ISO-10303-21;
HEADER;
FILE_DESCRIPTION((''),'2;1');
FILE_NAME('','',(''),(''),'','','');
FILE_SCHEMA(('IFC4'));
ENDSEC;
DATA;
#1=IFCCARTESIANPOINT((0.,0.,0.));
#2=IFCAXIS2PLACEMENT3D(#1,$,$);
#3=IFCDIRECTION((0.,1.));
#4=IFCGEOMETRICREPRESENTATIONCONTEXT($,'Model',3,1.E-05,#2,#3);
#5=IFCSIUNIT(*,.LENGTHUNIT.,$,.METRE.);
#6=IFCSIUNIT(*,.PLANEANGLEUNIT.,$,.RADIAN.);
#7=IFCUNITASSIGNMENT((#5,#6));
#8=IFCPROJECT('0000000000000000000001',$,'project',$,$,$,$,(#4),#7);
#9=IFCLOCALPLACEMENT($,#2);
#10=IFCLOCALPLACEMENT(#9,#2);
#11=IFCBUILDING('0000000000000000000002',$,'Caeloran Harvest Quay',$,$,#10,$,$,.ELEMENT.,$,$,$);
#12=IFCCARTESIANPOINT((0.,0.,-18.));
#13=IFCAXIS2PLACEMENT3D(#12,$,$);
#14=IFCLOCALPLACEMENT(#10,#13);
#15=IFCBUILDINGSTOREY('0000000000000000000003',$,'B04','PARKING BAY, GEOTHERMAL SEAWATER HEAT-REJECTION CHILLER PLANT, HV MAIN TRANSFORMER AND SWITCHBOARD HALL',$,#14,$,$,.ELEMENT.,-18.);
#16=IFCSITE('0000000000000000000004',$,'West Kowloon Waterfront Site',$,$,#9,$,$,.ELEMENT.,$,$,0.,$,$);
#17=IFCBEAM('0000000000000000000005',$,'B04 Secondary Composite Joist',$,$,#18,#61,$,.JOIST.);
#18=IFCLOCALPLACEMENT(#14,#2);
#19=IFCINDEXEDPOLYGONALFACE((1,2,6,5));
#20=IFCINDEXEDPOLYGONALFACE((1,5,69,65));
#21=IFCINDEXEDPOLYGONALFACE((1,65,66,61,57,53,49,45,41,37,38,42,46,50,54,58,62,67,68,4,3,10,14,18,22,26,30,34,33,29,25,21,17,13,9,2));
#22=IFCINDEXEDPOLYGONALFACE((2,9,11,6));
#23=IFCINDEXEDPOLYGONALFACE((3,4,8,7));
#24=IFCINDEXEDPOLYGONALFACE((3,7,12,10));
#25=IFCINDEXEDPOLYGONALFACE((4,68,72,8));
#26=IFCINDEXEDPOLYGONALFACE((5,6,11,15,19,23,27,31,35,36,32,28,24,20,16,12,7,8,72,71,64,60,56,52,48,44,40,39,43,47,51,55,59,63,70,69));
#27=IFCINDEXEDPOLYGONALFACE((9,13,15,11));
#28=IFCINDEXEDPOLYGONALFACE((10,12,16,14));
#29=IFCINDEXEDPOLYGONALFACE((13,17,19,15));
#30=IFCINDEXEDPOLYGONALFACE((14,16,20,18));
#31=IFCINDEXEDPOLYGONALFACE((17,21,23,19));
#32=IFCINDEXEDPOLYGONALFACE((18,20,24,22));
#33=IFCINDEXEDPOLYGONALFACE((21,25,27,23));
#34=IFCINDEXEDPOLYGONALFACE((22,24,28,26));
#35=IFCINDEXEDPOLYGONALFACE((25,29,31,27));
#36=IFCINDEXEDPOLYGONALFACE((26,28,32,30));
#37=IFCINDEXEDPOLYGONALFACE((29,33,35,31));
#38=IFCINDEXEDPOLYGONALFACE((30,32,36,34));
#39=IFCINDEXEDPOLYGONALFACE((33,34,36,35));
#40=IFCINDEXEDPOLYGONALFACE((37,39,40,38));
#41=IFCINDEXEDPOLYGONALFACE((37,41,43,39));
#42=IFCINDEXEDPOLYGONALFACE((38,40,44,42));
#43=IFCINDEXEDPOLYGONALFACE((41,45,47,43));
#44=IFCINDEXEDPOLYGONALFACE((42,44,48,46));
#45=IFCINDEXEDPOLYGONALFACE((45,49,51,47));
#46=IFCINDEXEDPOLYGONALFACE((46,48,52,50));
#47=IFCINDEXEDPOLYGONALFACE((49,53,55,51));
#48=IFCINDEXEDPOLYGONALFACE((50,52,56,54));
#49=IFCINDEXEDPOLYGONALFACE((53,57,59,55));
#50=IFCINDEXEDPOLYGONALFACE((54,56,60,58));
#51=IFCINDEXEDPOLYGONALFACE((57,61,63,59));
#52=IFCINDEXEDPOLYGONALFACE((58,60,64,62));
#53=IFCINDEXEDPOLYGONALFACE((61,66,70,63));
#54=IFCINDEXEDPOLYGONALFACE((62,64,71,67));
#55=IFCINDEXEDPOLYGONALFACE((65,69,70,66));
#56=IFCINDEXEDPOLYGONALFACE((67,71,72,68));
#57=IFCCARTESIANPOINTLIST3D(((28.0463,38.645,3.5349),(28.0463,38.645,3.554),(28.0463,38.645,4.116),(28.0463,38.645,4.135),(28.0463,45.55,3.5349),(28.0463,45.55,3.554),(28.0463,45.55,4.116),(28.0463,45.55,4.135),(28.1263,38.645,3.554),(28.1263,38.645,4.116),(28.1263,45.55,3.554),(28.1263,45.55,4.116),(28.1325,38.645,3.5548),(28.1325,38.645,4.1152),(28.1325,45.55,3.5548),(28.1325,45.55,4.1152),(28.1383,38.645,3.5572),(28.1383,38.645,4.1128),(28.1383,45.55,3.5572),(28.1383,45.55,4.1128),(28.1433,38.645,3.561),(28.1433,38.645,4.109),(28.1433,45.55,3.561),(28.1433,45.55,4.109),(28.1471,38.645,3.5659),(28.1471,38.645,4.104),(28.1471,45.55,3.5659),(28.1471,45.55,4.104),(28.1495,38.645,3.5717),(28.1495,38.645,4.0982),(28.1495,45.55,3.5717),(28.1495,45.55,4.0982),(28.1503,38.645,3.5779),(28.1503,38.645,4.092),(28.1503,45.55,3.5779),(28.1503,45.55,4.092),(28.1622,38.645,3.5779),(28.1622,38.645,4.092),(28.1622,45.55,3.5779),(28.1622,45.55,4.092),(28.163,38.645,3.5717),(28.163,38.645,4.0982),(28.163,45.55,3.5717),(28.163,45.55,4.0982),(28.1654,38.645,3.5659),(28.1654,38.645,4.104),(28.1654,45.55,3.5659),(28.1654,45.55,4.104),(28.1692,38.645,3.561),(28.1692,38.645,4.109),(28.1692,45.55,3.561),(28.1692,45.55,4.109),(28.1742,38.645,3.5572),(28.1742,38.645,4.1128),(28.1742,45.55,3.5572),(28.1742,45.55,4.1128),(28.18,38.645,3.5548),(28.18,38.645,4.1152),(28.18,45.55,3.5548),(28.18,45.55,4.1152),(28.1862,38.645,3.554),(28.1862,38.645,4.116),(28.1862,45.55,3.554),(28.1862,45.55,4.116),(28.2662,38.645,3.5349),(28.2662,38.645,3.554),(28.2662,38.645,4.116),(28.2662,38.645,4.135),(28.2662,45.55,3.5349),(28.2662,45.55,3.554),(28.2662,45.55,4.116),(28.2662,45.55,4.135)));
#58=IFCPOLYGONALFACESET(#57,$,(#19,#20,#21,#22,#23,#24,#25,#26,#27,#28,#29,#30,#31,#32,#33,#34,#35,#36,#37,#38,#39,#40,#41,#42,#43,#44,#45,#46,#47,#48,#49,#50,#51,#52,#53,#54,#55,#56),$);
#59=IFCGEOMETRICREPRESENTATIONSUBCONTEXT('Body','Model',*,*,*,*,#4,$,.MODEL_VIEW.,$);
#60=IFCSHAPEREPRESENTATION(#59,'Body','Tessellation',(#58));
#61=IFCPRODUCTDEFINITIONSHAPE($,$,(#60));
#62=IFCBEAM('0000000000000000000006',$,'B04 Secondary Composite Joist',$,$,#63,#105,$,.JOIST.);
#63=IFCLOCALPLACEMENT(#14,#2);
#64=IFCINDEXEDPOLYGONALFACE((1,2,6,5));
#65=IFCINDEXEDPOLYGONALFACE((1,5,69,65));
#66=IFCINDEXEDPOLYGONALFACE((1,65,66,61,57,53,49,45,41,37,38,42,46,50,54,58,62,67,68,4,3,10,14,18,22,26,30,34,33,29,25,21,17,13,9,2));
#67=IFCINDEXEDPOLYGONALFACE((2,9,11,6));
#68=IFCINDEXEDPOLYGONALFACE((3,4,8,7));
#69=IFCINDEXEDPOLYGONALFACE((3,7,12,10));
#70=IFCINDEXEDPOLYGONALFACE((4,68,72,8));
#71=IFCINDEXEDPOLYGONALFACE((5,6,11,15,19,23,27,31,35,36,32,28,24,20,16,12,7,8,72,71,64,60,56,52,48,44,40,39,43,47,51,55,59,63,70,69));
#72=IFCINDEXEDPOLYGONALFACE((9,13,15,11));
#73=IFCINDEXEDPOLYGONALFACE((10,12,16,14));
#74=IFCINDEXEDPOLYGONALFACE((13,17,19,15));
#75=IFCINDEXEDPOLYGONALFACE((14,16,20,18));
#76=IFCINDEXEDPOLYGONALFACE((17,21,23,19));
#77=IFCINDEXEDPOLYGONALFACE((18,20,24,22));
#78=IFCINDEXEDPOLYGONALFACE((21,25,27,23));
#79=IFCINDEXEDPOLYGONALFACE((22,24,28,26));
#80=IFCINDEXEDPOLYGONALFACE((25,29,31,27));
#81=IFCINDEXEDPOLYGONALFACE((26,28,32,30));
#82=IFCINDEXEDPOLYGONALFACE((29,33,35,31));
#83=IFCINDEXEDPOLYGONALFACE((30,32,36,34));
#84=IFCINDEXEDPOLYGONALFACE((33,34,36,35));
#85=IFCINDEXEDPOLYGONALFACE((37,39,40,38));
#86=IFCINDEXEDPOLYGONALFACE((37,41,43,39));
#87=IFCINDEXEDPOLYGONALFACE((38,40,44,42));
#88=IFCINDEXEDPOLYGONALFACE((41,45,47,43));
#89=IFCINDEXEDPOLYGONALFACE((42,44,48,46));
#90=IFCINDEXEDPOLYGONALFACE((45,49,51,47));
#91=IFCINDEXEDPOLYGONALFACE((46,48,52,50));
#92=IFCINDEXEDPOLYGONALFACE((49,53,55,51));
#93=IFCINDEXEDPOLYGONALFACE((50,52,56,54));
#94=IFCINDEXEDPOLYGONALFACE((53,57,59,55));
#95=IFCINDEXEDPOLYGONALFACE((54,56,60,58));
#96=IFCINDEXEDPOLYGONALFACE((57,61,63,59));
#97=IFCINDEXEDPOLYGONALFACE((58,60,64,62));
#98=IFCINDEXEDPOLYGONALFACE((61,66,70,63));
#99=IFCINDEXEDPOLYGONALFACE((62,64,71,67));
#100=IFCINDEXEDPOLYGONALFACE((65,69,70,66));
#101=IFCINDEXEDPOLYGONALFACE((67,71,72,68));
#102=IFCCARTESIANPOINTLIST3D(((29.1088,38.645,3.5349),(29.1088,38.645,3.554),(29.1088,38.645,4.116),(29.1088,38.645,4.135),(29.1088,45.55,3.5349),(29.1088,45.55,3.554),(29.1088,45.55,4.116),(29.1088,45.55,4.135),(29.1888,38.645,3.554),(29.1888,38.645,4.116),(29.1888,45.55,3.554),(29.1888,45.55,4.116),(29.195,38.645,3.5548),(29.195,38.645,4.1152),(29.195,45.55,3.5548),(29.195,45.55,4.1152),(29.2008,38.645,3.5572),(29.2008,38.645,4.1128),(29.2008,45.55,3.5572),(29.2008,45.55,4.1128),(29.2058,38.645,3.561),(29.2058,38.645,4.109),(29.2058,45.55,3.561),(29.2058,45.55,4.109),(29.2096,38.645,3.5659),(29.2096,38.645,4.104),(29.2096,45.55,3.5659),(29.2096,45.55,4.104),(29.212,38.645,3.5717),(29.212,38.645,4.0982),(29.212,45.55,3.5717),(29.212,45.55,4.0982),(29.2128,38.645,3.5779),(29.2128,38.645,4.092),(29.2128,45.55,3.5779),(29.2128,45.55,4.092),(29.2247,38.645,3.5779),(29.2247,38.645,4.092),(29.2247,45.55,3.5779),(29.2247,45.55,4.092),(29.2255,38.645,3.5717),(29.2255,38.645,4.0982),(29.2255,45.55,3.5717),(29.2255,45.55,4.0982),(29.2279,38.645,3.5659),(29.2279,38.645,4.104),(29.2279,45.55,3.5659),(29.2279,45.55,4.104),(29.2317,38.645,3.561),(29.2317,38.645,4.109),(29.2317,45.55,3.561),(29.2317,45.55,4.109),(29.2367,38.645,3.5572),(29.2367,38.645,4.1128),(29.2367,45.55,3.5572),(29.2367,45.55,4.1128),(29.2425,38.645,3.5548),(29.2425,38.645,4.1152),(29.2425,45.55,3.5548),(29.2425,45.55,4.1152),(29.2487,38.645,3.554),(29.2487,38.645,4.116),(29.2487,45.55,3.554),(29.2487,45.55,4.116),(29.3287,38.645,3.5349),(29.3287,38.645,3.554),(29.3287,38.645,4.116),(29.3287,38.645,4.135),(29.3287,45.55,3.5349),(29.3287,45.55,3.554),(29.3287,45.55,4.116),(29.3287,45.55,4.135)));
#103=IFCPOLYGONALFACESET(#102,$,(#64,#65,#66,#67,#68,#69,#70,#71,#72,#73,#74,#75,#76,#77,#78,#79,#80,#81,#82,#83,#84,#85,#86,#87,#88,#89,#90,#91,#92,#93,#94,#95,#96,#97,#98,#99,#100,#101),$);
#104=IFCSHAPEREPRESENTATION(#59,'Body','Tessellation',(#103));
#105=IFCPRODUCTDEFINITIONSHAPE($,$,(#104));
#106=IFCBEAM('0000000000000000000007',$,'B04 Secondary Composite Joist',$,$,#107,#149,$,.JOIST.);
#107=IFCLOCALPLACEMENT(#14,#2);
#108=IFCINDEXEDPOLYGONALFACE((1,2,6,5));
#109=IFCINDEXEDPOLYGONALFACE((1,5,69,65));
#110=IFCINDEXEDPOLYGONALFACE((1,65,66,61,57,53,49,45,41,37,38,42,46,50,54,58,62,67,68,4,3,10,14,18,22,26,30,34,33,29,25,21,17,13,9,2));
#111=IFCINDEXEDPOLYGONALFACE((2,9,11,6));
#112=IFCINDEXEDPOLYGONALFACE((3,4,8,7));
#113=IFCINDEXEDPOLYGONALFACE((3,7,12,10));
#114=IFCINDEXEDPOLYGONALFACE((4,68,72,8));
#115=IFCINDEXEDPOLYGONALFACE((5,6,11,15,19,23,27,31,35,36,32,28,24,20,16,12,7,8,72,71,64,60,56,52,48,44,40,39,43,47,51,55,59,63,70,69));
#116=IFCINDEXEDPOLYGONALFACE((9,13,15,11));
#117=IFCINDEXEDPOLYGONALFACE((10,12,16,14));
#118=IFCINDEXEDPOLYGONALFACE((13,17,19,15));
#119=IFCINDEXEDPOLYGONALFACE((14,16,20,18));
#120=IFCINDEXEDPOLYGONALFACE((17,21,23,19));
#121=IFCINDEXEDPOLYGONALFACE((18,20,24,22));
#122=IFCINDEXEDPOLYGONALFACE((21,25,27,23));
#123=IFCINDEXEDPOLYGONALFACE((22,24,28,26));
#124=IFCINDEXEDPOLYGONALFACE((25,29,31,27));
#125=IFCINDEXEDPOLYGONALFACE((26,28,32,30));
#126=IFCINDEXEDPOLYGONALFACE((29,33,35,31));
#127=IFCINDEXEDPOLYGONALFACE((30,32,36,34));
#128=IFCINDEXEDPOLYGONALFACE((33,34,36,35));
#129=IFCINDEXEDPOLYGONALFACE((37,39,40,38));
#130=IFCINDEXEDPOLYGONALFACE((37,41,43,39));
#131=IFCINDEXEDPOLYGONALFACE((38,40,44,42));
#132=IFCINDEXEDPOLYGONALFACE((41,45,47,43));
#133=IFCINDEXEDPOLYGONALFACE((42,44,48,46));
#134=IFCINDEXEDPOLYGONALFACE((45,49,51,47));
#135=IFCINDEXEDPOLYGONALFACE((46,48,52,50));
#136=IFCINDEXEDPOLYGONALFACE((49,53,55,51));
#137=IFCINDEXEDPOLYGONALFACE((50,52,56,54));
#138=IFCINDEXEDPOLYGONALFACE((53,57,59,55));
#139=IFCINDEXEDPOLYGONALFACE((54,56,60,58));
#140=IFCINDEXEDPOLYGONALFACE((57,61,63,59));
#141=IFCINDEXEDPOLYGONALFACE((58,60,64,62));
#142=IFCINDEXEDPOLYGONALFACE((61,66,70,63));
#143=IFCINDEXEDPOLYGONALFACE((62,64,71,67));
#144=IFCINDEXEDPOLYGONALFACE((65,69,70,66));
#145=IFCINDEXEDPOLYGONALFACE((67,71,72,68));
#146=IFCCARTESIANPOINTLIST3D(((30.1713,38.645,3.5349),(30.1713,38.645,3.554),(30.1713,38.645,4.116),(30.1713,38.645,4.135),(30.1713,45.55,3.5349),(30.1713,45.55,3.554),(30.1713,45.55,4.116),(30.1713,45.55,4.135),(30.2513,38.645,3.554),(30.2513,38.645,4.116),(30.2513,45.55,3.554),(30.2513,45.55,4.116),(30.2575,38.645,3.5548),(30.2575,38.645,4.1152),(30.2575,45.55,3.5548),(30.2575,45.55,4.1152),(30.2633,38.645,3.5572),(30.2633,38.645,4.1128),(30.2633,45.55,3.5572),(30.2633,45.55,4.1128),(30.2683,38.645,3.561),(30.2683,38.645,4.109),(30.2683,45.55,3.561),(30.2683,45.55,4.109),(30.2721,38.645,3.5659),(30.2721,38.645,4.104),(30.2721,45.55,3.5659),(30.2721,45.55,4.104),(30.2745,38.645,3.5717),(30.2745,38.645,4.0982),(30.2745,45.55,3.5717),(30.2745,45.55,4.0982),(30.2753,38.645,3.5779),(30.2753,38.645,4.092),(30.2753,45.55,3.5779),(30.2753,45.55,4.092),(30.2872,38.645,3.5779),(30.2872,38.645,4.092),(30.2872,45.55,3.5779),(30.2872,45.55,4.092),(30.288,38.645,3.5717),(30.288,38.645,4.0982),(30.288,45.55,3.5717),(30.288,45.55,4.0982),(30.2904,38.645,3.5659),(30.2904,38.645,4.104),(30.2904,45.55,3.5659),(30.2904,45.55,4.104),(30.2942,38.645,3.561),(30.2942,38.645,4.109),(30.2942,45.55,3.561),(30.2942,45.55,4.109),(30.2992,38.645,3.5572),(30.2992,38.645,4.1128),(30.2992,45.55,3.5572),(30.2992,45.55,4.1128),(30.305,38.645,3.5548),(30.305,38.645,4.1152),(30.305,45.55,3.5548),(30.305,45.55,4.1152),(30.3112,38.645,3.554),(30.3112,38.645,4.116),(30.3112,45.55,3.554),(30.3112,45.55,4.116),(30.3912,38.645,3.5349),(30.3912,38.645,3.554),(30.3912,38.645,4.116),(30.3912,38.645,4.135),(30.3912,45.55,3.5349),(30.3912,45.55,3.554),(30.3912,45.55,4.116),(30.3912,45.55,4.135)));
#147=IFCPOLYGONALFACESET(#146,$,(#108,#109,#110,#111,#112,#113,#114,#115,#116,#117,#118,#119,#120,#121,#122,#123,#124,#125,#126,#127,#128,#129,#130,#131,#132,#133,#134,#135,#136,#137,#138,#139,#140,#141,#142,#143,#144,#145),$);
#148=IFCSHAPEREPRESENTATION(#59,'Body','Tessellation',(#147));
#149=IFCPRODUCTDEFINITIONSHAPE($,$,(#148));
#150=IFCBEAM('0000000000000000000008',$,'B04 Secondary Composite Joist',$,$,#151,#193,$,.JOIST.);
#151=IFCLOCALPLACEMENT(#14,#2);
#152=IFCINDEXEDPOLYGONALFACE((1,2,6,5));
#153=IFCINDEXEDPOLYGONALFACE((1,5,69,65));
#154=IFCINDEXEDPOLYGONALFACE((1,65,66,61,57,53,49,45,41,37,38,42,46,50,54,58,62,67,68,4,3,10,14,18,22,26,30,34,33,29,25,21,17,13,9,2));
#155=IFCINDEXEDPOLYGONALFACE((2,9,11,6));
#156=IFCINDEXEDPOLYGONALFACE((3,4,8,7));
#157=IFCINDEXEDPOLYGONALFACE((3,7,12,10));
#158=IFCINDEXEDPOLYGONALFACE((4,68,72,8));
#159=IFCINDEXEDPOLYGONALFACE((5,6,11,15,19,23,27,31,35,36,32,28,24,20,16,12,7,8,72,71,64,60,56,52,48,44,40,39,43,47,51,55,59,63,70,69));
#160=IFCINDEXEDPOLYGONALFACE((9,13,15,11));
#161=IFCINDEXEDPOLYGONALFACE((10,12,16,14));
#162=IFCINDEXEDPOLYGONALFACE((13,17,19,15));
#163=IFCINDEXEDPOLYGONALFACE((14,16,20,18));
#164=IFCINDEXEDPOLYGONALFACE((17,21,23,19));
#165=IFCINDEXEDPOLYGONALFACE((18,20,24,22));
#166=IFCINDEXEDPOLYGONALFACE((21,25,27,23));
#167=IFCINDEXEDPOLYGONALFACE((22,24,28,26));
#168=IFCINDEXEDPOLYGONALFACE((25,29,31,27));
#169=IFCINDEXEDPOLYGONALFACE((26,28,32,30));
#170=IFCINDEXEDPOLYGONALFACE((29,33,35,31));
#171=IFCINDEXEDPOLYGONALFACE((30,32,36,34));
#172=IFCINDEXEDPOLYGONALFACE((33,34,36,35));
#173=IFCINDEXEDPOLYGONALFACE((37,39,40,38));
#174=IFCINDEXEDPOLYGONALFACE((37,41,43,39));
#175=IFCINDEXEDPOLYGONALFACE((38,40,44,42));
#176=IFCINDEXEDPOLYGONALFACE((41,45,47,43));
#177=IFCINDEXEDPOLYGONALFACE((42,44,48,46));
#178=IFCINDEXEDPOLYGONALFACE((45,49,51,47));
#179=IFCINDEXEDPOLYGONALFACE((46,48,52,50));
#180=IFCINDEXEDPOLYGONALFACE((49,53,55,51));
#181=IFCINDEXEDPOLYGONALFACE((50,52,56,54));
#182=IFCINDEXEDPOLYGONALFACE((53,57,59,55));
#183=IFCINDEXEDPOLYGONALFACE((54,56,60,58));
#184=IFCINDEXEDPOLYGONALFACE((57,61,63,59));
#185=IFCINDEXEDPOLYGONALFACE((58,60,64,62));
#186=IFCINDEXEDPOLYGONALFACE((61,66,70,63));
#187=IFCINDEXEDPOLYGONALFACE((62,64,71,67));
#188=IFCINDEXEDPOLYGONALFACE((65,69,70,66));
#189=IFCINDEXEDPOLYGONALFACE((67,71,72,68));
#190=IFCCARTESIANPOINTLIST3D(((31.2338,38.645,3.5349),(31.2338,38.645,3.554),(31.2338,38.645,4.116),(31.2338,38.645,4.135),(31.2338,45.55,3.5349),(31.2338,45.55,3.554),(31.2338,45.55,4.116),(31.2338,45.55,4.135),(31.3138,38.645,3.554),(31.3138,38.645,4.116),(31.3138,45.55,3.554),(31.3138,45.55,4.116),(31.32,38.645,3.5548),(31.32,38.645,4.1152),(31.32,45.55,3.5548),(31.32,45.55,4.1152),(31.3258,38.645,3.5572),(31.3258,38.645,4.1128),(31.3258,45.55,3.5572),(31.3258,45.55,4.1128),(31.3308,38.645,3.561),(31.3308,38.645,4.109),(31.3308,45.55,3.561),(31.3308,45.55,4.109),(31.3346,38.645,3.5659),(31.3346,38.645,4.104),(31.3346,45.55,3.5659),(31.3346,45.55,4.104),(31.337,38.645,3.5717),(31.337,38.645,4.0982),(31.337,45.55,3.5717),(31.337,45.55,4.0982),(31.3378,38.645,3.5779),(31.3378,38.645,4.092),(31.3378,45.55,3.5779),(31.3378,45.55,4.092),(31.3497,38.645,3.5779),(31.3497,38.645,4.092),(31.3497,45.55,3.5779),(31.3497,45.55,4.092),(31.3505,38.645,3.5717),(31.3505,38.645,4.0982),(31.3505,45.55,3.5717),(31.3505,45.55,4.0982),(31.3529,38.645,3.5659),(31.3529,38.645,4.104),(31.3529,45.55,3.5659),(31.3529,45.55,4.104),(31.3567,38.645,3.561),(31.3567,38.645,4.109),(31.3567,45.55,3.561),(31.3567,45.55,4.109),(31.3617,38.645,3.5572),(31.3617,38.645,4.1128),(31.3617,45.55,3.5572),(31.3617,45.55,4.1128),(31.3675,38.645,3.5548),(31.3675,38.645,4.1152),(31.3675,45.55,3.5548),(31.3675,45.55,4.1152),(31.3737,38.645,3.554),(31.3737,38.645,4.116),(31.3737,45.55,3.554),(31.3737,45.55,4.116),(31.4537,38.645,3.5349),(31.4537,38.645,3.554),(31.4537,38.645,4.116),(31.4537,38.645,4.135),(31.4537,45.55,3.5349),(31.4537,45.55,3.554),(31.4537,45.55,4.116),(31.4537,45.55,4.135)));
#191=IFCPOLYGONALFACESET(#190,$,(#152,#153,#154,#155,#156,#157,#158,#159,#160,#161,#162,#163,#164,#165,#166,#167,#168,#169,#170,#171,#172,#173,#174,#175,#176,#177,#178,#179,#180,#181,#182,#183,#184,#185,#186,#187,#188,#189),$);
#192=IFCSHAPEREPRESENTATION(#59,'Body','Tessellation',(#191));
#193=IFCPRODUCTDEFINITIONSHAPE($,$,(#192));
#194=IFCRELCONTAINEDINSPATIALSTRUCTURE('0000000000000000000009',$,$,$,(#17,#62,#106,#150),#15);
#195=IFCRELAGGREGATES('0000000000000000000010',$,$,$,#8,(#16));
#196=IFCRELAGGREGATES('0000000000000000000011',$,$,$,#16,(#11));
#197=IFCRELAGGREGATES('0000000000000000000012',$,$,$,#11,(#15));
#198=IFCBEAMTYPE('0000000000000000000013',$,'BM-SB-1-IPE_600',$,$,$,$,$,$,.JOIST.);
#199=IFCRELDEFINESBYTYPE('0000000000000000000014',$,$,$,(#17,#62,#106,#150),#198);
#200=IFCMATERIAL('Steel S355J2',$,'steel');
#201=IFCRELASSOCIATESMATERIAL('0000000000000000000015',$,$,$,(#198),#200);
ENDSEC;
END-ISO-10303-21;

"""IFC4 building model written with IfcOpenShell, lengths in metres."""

from ifc_helpers import new_model, si_unit, direction, frame, origin, origin_2d, place, context, subcontext, project, spatial, i_section, extrude, material, material_profile, profile_set, type_object, element, save


model = new_model("IFC4")

# Units and contexts
model_context = context("Model", 3, precision=1e-05, world=origin(), true_north=direction((0.0, 1.0)))
body_context = subcontext(model_context, "Body", "Model", "MODEL_VIEW")
ifc_project = project(units=[si_unit("LENGTHUNIT", "METRE"), si_unit("PLANEANGLEUNIT", "RADIAN")], contexts=[model_context])

# Site, building, storey
site_placement = place(None, origin())
site = spatial("IfcSite", under=ifc_project, at=site_placement, Name="West Kowloon Waterfront Site", CompositionType="ELEMENT", RefElevation=0.0)
building_placement = place(site_placement, origin())
building = spatial("IfcBuilding", under=site, at=building_placement, Name="Caeloran Harvest Quay", CompositionType="ELEMENT")
storey_placement = place(building_placement, frame((0.0, 0.0, -18.0)))
storey = spatial("IfcBuildingStorey", under=building, at=storey_placement, Name="B04", Description="PARKING BAY, GEOTHERMAL SEAWATER HEAT-REJECTION CHILLER PLANT, HV MAIN TRANSFORMER AND SWITCHBOARD HALL", CompositionType="ELEMENT", Elevation=-18.0)

# Beams
ifc_material_1 = material(Name="Steel S355J2", Category="steel")
ifc_material_profile_1 = material_profile(ifc_material_1, i_section(OverallWidth=0.22, OverallDepth=0.6001, WebThickness=0.012, FlangeThickness=0.019, FilletRadius=0.0239, at=origin_2d()), Name="IPE 600")
ifc_profile_set_1 = profile_set([ifc_material_profile_1], Name="Steel S355J2")
beam_type_1 = type_object("IfcBeamType", Name="BM-SB-1-IPE_600", PredefinedType="JOIST", material=ifc_profile_set_1)
for number, where, z_axis, x_axis, name in (
    (1, (28.1562, 38.645, 3.835), (0.0, 1.0, 0.0), (-1.0, 0.0, 0.0), "B04 Secondary Composite Joist"),
    (2, (29.2188, 38.645, 3.835), (0.0, 1.0, 0.0), (-1.0, 0.0, 0.0), "B04 Secondary Composite Joist"),
    (3, (30.2812, 38.645, 3.835), (0.0, 1.0, 0.0), (-1.0, 0.0, 0.0), "B04 Secondary Composite Joist"),
    (4, (31.3438, 38.645, 3.835), (0.0, 1.0, 0.0), (-1.0, 0.0, 0.0), "B04 Secondary Composite Joist"),
):
    element("IfcBeam", number, at=place(storey_placement, frame(where, z_axis=z_axis, x_axis=x_axis)), inside=storey, type_object=beam_type_1, Name=name, PredefinedType="JOIST", context=body_context, shape_type="SweptSolid", body=[
        extrude(i_section(OverallWidth=0.22, OverallDepth=0.6001, WebThickness=0.012, FlangeThickness=0.019, FilletRadius=0.0239, at=origin_2d()), origin(), (0.0, 0.0, 1.0), 6.905),
    ])

save(model, "model.ifc")
